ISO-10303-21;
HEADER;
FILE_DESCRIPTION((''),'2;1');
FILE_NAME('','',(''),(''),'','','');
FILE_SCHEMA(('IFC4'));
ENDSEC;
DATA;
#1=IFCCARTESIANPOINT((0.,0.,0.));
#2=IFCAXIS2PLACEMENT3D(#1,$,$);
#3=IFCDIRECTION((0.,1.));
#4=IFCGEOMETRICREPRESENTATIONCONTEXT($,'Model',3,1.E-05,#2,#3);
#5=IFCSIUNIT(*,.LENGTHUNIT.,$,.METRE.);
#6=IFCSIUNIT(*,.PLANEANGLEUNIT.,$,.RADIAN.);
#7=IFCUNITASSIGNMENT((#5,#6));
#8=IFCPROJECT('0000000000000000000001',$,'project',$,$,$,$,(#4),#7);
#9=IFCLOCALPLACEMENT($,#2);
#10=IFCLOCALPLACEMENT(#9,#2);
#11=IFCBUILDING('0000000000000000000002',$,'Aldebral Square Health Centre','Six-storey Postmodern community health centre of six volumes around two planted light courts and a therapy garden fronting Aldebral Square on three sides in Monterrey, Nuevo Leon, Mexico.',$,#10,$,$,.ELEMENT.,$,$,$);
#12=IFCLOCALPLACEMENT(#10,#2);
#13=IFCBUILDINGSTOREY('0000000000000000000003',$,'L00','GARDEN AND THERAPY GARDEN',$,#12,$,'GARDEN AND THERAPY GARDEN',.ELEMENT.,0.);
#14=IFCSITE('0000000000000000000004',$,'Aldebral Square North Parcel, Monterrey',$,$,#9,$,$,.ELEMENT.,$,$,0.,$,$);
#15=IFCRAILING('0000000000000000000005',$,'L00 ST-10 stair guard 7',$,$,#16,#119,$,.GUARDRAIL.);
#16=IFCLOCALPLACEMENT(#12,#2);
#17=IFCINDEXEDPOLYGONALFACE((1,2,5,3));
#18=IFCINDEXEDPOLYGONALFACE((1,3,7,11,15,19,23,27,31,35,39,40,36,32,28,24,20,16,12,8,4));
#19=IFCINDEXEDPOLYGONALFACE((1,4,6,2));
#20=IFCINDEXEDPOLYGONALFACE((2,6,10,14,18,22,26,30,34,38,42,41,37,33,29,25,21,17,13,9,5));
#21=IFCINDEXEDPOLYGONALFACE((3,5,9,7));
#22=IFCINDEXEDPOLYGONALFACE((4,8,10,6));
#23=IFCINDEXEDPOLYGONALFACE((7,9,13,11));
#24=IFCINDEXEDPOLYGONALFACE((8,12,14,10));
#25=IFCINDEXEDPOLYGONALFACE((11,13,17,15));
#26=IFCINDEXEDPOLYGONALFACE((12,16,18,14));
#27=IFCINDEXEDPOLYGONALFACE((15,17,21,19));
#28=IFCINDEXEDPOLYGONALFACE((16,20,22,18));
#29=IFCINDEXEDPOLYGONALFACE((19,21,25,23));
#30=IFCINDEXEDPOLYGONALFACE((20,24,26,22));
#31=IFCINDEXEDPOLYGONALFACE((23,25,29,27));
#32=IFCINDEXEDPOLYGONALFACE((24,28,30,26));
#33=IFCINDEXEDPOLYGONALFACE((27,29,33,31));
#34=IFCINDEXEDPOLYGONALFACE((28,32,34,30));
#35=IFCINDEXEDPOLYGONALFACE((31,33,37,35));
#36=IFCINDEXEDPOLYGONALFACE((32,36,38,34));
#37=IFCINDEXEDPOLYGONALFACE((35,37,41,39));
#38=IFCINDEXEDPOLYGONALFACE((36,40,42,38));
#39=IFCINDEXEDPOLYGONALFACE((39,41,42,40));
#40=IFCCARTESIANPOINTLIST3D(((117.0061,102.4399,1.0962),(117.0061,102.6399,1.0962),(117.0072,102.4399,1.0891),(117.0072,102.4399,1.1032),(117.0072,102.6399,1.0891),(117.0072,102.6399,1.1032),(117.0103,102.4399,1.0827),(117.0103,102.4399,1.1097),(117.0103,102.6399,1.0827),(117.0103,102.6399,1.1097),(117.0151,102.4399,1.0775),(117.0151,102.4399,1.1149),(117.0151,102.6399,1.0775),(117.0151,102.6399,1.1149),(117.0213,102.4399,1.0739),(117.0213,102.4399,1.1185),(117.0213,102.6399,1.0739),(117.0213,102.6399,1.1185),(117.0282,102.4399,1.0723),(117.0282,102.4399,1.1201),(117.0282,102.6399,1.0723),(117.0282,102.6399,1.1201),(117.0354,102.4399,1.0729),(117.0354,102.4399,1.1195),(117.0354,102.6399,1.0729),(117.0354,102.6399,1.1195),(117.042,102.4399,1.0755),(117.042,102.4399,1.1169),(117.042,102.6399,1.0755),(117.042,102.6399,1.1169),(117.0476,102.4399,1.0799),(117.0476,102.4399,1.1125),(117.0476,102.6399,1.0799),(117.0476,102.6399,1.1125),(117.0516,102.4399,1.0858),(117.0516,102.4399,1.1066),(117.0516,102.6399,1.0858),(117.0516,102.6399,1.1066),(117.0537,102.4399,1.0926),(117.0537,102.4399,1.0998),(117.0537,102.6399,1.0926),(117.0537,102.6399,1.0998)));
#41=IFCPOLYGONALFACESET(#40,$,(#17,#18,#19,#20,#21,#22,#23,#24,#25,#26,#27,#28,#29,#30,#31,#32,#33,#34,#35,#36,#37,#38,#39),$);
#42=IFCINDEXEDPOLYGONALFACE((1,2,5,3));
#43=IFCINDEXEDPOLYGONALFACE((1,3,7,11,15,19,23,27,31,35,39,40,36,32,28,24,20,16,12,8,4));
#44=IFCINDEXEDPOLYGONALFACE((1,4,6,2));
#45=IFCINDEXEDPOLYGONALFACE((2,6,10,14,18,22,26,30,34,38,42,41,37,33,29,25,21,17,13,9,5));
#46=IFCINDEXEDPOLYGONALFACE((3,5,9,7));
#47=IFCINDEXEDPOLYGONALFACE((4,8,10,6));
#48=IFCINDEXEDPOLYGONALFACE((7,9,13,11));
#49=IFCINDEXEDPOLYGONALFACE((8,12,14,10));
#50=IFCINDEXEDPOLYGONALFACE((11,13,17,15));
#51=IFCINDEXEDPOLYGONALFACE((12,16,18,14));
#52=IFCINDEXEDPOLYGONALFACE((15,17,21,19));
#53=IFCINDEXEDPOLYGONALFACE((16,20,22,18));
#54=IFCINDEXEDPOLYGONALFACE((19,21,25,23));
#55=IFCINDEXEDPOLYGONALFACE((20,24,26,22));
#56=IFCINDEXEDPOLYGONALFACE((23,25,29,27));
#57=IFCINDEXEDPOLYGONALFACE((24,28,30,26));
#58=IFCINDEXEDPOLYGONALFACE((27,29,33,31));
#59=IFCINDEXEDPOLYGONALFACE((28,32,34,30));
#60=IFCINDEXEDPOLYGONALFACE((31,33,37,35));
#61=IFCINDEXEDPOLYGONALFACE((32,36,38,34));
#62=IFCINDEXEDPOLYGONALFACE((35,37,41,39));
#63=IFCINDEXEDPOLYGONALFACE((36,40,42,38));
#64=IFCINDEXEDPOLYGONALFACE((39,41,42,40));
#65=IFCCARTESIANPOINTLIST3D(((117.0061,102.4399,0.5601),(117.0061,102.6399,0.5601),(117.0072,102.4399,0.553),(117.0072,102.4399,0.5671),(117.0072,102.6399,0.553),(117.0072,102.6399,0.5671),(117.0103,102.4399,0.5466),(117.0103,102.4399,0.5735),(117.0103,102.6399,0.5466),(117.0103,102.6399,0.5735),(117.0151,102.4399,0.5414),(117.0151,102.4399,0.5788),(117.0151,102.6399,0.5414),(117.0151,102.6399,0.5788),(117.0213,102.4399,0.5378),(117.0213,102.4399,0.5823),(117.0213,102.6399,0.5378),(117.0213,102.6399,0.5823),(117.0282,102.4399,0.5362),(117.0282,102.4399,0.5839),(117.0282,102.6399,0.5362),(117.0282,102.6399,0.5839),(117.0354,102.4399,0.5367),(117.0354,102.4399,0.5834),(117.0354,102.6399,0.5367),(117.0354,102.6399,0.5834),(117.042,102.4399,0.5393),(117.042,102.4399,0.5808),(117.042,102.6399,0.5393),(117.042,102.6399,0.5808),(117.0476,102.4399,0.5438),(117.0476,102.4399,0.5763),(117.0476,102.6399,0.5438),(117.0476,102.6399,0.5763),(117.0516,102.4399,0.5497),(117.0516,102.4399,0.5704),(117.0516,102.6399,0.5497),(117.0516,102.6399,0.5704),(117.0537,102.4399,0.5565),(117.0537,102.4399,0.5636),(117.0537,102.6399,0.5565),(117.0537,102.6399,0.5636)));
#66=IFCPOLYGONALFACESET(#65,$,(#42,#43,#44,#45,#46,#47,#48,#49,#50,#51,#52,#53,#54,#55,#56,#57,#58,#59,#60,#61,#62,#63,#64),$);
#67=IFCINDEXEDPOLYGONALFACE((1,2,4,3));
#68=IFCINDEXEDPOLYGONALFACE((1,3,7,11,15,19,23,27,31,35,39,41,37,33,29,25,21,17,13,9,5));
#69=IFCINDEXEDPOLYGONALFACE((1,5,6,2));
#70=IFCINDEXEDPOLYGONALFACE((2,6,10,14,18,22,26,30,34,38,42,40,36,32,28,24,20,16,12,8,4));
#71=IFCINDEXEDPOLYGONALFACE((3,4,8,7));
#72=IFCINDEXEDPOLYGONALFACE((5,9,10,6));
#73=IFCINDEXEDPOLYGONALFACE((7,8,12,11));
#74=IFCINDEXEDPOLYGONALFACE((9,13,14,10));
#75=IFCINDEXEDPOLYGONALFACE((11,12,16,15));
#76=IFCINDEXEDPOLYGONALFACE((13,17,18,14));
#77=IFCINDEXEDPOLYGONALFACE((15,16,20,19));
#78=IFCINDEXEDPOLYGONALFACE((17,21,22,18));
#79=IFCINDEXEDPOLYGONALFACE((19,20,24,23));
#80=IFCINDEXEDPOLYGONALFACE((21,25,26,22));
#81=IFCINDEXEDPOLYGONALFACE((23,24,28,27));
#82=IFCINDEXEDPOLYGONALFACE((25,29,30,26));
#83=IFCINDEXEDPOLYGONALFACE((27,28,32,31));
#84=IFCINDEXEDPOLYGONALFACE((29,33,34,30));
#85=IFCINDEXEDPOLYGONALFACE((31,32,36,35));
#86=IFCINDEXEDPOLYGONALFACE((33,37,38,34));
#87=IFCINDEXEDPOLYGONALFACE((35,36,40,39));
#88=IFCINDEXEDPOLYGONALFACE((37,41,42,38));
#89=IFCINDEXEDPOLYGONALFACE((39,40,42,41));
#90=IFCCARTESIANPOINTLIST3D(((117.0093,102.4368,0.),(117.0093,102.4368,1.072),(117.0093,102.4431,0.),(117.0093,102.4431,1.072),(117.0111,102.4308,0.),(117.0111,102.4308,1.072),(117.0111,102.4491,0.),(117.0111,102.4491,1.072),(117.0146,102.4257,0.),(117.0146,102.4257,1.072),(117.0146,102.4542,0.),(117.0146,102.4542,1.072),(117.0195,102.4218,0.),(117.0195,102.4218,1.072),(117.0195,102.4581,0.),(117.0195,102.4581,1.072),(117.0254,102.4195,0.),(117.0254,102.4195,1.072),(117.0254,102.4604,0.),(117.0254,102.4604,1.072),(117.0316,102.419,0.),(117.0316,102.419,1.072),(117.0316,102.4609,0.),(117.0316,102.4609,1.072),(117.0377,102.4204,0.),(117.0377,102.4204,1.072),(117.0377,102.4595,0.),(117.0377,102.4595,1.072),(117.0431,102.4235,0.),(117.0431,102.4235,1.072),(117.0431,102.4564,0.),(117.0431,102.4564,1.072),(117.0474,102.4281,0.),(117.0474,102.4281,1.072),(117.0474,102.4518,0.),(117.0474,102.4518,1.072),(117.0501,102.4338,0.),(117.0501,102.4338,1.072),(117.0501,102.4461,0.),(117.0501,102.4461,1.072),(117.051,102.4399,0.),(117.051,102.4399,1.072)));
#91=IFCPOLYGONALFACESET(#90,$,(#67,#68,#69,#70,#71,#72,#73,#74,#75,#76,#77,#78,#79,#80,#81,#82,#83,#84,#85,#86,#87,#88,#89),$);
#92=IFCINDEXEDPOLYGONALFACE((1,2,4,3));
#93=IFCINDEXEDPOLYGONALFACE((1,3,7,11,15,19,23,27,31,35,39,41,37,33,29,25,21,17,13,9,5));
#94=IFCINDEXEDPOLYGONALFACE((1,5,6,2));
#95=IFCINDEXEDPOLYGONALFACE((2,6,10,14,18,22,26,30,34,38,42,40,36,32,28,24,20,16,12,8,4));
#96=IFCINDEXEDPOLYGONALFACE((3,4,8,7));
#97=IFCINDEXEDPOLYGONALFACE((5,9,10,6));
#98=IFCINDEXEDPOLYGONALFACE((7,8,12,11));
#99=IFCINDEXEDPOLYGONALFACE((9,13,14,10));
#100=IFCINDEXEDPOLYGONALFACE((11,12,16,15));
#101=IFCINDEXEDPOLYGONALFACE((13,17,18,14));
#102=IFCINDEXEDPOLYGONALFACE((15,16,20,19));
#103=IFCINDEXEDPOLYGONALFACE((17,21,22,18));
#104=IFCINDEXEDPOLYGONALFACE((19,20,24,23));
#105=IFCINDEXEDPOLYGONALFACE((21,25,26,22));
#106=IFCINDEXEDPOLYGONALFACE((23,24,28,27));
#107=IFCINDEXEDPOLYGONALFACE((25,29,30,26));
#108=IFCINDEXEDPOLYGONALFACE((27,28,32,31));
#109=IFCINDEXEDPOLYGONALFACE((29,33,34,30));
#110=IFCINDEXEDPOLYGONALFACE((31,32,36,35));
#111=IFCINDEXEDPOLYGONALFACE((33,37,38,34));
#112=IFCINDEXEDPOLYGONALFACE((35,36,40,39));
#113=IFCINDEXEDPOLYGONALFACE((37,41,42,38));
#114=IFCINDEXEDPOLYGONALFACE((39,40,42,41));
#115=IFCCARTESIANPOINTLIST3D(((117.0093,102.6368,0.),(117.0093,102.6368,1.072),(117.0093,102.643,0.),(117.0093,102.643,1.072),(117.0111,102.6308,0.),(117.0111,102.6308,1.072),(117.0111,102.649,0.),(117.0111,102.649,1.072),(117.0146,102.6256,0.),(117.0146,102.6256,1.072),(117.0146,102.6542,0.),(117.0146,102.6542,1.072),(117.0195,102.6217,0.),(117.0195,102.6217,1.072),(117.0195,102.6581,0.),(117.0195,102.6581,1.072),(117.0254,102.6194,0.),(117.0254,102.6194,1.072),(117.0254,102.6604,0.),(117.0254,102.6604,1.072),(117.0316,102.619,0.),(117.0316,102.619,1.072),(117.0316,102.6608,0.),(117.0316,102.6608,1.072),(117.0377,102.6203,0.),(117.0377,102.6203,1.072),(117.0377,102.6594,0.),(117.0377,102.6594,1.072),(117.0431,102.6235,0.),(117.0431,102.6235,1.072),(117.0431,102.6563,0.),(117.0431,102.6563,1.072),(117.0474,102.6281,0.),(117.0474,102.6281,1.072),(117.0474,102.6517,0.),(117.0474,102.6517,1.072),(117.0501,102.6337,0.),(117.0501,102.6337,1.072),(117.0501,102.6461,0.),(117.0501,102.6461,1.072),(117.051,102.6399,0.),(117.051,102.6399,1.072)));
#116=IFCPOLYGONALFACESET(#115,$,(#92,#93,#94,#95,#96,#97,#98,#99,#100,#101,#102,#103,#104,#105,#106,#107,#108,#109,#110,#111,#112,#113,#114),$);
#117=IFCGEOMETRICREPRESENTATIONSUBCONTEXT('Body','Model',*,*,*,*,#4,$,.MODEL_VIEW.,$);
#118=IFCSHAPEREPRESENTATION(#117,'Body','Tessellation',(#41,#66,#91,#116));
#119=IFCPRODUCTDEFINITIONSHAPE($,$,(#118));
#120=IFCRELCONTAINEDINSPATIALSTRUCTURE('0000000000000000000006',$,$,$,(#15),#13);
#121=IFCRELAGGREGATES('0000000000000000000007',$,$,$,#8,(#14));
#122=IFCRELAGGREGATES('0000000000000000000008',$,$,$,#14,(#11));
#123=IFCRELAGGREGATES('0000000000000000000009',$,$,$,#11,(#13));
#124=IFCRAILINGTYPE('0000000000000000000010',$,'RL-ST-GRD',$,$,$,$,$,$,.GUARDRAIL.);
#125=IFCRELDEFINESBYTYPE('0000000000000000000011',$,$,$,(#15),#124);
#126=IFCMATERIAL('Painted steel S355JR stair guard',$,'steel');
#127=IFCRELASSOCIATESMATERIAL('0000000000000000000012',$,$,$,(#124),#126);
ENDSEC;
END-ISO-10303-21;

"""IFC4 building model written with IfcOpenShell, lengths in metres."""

from ifc_helpers import new_model, si_unit, direction, frame, origin, origin_2d, place, context, subcontext, project, spatial, circle, extrude, material, type_object, element, save


model = new_model("IFC4")

# Units and contexts
model_context = context("Model", 3, precision=1e-05, world=origin(), true_north=direction((0.0, 1.0)))
body_context = subcontext(model_context, "Body", "Model", "MODEL_VIEW")
ifc_project = project(units=[si_unit("LENGTHUNIT", "METRE"), si_unit("PLANEANGLEUNIT", "RADIAN")], contexts=[model_context])

# Site, building, storey
site_placement = place(None, origin())
site = spatial("IfcSite", under=ifc_project, at=site_placement, Name="Aldebral Square North Parcel, Monterrey", CompositionType="ELEMENT", RefElevation=0.0)
building_placement = place(site_placement, origin())
building = spatial("IfcBuilding", under=site, at=building_placement, Name="Aldebral Square Health Centre", Description="Six-storey Postmodern community health centre of six volumes around two planted light courts and a therapy garden fronting Aldebral Square on three sides in Monterrey, Nuevo Leon, Mexico.", CompositionType="ELEMENT")
storey_placement = place(building_placement, origin())
storey = spatial("IfcBuildingStorey", under=building, at=storey_placement, Name="L00", Description="GARDEN AND THERAPY GARDEN", LongName="GARDEN AND THERAPY GARDEN", CompositionType="ELEMENT", Elevation=0.0)

# Railing
ifc_material_1 = material(Name="Painted steel S355JR stair guard", Category="steel")
railing_type_1 = type_object("IfcRailingType", Name="RL-ST-GRD", PredefinedType="GUARDRAIL", material=ifc_material_1)
railing_1_placement = place(storey_placement, frame((117.03, 102.4399, 0.0)))
element("IfcRailing", 1, at=railing_1_placement, inside=storey, type_object=railing_type_1, Name="L00 ST-10 stair guard 7", PredefinedType="GUARDRAIL", context=body_context, shape_type="SweptSolid", body=[
    extrude(circle(Radius=0.0239, at=origin_2d()), frame((0.0, 0.0, 1.0962), z_axis=(0.0, 1.0, 0.0), x_axis=(-1.0, 0.0, 0.0)), (0.0, 0.0, 1.0), 0.2),
    extrude(circle(Radius=0.0239, at=origin_2d()), frame((0.0, 0.0, 0.5601), z_axis=(0.0, 1.0, 0.0), x_axis=(-1.0, 0.0, 0.0)), (0.0, 0.0, 1.0), 0.2),
    extrude(circle(Radius=0.021, at=origin_2d()), origin(), (0.0, 0.0, 1.0), 1.072),
    extrude(circle(Radius=0.021, at=origin_2d()), frame((0.0, 0.2, 0.0)), (0.0, 0.0, 1.0), 1.072),
])

save(model, "model.ifc")
